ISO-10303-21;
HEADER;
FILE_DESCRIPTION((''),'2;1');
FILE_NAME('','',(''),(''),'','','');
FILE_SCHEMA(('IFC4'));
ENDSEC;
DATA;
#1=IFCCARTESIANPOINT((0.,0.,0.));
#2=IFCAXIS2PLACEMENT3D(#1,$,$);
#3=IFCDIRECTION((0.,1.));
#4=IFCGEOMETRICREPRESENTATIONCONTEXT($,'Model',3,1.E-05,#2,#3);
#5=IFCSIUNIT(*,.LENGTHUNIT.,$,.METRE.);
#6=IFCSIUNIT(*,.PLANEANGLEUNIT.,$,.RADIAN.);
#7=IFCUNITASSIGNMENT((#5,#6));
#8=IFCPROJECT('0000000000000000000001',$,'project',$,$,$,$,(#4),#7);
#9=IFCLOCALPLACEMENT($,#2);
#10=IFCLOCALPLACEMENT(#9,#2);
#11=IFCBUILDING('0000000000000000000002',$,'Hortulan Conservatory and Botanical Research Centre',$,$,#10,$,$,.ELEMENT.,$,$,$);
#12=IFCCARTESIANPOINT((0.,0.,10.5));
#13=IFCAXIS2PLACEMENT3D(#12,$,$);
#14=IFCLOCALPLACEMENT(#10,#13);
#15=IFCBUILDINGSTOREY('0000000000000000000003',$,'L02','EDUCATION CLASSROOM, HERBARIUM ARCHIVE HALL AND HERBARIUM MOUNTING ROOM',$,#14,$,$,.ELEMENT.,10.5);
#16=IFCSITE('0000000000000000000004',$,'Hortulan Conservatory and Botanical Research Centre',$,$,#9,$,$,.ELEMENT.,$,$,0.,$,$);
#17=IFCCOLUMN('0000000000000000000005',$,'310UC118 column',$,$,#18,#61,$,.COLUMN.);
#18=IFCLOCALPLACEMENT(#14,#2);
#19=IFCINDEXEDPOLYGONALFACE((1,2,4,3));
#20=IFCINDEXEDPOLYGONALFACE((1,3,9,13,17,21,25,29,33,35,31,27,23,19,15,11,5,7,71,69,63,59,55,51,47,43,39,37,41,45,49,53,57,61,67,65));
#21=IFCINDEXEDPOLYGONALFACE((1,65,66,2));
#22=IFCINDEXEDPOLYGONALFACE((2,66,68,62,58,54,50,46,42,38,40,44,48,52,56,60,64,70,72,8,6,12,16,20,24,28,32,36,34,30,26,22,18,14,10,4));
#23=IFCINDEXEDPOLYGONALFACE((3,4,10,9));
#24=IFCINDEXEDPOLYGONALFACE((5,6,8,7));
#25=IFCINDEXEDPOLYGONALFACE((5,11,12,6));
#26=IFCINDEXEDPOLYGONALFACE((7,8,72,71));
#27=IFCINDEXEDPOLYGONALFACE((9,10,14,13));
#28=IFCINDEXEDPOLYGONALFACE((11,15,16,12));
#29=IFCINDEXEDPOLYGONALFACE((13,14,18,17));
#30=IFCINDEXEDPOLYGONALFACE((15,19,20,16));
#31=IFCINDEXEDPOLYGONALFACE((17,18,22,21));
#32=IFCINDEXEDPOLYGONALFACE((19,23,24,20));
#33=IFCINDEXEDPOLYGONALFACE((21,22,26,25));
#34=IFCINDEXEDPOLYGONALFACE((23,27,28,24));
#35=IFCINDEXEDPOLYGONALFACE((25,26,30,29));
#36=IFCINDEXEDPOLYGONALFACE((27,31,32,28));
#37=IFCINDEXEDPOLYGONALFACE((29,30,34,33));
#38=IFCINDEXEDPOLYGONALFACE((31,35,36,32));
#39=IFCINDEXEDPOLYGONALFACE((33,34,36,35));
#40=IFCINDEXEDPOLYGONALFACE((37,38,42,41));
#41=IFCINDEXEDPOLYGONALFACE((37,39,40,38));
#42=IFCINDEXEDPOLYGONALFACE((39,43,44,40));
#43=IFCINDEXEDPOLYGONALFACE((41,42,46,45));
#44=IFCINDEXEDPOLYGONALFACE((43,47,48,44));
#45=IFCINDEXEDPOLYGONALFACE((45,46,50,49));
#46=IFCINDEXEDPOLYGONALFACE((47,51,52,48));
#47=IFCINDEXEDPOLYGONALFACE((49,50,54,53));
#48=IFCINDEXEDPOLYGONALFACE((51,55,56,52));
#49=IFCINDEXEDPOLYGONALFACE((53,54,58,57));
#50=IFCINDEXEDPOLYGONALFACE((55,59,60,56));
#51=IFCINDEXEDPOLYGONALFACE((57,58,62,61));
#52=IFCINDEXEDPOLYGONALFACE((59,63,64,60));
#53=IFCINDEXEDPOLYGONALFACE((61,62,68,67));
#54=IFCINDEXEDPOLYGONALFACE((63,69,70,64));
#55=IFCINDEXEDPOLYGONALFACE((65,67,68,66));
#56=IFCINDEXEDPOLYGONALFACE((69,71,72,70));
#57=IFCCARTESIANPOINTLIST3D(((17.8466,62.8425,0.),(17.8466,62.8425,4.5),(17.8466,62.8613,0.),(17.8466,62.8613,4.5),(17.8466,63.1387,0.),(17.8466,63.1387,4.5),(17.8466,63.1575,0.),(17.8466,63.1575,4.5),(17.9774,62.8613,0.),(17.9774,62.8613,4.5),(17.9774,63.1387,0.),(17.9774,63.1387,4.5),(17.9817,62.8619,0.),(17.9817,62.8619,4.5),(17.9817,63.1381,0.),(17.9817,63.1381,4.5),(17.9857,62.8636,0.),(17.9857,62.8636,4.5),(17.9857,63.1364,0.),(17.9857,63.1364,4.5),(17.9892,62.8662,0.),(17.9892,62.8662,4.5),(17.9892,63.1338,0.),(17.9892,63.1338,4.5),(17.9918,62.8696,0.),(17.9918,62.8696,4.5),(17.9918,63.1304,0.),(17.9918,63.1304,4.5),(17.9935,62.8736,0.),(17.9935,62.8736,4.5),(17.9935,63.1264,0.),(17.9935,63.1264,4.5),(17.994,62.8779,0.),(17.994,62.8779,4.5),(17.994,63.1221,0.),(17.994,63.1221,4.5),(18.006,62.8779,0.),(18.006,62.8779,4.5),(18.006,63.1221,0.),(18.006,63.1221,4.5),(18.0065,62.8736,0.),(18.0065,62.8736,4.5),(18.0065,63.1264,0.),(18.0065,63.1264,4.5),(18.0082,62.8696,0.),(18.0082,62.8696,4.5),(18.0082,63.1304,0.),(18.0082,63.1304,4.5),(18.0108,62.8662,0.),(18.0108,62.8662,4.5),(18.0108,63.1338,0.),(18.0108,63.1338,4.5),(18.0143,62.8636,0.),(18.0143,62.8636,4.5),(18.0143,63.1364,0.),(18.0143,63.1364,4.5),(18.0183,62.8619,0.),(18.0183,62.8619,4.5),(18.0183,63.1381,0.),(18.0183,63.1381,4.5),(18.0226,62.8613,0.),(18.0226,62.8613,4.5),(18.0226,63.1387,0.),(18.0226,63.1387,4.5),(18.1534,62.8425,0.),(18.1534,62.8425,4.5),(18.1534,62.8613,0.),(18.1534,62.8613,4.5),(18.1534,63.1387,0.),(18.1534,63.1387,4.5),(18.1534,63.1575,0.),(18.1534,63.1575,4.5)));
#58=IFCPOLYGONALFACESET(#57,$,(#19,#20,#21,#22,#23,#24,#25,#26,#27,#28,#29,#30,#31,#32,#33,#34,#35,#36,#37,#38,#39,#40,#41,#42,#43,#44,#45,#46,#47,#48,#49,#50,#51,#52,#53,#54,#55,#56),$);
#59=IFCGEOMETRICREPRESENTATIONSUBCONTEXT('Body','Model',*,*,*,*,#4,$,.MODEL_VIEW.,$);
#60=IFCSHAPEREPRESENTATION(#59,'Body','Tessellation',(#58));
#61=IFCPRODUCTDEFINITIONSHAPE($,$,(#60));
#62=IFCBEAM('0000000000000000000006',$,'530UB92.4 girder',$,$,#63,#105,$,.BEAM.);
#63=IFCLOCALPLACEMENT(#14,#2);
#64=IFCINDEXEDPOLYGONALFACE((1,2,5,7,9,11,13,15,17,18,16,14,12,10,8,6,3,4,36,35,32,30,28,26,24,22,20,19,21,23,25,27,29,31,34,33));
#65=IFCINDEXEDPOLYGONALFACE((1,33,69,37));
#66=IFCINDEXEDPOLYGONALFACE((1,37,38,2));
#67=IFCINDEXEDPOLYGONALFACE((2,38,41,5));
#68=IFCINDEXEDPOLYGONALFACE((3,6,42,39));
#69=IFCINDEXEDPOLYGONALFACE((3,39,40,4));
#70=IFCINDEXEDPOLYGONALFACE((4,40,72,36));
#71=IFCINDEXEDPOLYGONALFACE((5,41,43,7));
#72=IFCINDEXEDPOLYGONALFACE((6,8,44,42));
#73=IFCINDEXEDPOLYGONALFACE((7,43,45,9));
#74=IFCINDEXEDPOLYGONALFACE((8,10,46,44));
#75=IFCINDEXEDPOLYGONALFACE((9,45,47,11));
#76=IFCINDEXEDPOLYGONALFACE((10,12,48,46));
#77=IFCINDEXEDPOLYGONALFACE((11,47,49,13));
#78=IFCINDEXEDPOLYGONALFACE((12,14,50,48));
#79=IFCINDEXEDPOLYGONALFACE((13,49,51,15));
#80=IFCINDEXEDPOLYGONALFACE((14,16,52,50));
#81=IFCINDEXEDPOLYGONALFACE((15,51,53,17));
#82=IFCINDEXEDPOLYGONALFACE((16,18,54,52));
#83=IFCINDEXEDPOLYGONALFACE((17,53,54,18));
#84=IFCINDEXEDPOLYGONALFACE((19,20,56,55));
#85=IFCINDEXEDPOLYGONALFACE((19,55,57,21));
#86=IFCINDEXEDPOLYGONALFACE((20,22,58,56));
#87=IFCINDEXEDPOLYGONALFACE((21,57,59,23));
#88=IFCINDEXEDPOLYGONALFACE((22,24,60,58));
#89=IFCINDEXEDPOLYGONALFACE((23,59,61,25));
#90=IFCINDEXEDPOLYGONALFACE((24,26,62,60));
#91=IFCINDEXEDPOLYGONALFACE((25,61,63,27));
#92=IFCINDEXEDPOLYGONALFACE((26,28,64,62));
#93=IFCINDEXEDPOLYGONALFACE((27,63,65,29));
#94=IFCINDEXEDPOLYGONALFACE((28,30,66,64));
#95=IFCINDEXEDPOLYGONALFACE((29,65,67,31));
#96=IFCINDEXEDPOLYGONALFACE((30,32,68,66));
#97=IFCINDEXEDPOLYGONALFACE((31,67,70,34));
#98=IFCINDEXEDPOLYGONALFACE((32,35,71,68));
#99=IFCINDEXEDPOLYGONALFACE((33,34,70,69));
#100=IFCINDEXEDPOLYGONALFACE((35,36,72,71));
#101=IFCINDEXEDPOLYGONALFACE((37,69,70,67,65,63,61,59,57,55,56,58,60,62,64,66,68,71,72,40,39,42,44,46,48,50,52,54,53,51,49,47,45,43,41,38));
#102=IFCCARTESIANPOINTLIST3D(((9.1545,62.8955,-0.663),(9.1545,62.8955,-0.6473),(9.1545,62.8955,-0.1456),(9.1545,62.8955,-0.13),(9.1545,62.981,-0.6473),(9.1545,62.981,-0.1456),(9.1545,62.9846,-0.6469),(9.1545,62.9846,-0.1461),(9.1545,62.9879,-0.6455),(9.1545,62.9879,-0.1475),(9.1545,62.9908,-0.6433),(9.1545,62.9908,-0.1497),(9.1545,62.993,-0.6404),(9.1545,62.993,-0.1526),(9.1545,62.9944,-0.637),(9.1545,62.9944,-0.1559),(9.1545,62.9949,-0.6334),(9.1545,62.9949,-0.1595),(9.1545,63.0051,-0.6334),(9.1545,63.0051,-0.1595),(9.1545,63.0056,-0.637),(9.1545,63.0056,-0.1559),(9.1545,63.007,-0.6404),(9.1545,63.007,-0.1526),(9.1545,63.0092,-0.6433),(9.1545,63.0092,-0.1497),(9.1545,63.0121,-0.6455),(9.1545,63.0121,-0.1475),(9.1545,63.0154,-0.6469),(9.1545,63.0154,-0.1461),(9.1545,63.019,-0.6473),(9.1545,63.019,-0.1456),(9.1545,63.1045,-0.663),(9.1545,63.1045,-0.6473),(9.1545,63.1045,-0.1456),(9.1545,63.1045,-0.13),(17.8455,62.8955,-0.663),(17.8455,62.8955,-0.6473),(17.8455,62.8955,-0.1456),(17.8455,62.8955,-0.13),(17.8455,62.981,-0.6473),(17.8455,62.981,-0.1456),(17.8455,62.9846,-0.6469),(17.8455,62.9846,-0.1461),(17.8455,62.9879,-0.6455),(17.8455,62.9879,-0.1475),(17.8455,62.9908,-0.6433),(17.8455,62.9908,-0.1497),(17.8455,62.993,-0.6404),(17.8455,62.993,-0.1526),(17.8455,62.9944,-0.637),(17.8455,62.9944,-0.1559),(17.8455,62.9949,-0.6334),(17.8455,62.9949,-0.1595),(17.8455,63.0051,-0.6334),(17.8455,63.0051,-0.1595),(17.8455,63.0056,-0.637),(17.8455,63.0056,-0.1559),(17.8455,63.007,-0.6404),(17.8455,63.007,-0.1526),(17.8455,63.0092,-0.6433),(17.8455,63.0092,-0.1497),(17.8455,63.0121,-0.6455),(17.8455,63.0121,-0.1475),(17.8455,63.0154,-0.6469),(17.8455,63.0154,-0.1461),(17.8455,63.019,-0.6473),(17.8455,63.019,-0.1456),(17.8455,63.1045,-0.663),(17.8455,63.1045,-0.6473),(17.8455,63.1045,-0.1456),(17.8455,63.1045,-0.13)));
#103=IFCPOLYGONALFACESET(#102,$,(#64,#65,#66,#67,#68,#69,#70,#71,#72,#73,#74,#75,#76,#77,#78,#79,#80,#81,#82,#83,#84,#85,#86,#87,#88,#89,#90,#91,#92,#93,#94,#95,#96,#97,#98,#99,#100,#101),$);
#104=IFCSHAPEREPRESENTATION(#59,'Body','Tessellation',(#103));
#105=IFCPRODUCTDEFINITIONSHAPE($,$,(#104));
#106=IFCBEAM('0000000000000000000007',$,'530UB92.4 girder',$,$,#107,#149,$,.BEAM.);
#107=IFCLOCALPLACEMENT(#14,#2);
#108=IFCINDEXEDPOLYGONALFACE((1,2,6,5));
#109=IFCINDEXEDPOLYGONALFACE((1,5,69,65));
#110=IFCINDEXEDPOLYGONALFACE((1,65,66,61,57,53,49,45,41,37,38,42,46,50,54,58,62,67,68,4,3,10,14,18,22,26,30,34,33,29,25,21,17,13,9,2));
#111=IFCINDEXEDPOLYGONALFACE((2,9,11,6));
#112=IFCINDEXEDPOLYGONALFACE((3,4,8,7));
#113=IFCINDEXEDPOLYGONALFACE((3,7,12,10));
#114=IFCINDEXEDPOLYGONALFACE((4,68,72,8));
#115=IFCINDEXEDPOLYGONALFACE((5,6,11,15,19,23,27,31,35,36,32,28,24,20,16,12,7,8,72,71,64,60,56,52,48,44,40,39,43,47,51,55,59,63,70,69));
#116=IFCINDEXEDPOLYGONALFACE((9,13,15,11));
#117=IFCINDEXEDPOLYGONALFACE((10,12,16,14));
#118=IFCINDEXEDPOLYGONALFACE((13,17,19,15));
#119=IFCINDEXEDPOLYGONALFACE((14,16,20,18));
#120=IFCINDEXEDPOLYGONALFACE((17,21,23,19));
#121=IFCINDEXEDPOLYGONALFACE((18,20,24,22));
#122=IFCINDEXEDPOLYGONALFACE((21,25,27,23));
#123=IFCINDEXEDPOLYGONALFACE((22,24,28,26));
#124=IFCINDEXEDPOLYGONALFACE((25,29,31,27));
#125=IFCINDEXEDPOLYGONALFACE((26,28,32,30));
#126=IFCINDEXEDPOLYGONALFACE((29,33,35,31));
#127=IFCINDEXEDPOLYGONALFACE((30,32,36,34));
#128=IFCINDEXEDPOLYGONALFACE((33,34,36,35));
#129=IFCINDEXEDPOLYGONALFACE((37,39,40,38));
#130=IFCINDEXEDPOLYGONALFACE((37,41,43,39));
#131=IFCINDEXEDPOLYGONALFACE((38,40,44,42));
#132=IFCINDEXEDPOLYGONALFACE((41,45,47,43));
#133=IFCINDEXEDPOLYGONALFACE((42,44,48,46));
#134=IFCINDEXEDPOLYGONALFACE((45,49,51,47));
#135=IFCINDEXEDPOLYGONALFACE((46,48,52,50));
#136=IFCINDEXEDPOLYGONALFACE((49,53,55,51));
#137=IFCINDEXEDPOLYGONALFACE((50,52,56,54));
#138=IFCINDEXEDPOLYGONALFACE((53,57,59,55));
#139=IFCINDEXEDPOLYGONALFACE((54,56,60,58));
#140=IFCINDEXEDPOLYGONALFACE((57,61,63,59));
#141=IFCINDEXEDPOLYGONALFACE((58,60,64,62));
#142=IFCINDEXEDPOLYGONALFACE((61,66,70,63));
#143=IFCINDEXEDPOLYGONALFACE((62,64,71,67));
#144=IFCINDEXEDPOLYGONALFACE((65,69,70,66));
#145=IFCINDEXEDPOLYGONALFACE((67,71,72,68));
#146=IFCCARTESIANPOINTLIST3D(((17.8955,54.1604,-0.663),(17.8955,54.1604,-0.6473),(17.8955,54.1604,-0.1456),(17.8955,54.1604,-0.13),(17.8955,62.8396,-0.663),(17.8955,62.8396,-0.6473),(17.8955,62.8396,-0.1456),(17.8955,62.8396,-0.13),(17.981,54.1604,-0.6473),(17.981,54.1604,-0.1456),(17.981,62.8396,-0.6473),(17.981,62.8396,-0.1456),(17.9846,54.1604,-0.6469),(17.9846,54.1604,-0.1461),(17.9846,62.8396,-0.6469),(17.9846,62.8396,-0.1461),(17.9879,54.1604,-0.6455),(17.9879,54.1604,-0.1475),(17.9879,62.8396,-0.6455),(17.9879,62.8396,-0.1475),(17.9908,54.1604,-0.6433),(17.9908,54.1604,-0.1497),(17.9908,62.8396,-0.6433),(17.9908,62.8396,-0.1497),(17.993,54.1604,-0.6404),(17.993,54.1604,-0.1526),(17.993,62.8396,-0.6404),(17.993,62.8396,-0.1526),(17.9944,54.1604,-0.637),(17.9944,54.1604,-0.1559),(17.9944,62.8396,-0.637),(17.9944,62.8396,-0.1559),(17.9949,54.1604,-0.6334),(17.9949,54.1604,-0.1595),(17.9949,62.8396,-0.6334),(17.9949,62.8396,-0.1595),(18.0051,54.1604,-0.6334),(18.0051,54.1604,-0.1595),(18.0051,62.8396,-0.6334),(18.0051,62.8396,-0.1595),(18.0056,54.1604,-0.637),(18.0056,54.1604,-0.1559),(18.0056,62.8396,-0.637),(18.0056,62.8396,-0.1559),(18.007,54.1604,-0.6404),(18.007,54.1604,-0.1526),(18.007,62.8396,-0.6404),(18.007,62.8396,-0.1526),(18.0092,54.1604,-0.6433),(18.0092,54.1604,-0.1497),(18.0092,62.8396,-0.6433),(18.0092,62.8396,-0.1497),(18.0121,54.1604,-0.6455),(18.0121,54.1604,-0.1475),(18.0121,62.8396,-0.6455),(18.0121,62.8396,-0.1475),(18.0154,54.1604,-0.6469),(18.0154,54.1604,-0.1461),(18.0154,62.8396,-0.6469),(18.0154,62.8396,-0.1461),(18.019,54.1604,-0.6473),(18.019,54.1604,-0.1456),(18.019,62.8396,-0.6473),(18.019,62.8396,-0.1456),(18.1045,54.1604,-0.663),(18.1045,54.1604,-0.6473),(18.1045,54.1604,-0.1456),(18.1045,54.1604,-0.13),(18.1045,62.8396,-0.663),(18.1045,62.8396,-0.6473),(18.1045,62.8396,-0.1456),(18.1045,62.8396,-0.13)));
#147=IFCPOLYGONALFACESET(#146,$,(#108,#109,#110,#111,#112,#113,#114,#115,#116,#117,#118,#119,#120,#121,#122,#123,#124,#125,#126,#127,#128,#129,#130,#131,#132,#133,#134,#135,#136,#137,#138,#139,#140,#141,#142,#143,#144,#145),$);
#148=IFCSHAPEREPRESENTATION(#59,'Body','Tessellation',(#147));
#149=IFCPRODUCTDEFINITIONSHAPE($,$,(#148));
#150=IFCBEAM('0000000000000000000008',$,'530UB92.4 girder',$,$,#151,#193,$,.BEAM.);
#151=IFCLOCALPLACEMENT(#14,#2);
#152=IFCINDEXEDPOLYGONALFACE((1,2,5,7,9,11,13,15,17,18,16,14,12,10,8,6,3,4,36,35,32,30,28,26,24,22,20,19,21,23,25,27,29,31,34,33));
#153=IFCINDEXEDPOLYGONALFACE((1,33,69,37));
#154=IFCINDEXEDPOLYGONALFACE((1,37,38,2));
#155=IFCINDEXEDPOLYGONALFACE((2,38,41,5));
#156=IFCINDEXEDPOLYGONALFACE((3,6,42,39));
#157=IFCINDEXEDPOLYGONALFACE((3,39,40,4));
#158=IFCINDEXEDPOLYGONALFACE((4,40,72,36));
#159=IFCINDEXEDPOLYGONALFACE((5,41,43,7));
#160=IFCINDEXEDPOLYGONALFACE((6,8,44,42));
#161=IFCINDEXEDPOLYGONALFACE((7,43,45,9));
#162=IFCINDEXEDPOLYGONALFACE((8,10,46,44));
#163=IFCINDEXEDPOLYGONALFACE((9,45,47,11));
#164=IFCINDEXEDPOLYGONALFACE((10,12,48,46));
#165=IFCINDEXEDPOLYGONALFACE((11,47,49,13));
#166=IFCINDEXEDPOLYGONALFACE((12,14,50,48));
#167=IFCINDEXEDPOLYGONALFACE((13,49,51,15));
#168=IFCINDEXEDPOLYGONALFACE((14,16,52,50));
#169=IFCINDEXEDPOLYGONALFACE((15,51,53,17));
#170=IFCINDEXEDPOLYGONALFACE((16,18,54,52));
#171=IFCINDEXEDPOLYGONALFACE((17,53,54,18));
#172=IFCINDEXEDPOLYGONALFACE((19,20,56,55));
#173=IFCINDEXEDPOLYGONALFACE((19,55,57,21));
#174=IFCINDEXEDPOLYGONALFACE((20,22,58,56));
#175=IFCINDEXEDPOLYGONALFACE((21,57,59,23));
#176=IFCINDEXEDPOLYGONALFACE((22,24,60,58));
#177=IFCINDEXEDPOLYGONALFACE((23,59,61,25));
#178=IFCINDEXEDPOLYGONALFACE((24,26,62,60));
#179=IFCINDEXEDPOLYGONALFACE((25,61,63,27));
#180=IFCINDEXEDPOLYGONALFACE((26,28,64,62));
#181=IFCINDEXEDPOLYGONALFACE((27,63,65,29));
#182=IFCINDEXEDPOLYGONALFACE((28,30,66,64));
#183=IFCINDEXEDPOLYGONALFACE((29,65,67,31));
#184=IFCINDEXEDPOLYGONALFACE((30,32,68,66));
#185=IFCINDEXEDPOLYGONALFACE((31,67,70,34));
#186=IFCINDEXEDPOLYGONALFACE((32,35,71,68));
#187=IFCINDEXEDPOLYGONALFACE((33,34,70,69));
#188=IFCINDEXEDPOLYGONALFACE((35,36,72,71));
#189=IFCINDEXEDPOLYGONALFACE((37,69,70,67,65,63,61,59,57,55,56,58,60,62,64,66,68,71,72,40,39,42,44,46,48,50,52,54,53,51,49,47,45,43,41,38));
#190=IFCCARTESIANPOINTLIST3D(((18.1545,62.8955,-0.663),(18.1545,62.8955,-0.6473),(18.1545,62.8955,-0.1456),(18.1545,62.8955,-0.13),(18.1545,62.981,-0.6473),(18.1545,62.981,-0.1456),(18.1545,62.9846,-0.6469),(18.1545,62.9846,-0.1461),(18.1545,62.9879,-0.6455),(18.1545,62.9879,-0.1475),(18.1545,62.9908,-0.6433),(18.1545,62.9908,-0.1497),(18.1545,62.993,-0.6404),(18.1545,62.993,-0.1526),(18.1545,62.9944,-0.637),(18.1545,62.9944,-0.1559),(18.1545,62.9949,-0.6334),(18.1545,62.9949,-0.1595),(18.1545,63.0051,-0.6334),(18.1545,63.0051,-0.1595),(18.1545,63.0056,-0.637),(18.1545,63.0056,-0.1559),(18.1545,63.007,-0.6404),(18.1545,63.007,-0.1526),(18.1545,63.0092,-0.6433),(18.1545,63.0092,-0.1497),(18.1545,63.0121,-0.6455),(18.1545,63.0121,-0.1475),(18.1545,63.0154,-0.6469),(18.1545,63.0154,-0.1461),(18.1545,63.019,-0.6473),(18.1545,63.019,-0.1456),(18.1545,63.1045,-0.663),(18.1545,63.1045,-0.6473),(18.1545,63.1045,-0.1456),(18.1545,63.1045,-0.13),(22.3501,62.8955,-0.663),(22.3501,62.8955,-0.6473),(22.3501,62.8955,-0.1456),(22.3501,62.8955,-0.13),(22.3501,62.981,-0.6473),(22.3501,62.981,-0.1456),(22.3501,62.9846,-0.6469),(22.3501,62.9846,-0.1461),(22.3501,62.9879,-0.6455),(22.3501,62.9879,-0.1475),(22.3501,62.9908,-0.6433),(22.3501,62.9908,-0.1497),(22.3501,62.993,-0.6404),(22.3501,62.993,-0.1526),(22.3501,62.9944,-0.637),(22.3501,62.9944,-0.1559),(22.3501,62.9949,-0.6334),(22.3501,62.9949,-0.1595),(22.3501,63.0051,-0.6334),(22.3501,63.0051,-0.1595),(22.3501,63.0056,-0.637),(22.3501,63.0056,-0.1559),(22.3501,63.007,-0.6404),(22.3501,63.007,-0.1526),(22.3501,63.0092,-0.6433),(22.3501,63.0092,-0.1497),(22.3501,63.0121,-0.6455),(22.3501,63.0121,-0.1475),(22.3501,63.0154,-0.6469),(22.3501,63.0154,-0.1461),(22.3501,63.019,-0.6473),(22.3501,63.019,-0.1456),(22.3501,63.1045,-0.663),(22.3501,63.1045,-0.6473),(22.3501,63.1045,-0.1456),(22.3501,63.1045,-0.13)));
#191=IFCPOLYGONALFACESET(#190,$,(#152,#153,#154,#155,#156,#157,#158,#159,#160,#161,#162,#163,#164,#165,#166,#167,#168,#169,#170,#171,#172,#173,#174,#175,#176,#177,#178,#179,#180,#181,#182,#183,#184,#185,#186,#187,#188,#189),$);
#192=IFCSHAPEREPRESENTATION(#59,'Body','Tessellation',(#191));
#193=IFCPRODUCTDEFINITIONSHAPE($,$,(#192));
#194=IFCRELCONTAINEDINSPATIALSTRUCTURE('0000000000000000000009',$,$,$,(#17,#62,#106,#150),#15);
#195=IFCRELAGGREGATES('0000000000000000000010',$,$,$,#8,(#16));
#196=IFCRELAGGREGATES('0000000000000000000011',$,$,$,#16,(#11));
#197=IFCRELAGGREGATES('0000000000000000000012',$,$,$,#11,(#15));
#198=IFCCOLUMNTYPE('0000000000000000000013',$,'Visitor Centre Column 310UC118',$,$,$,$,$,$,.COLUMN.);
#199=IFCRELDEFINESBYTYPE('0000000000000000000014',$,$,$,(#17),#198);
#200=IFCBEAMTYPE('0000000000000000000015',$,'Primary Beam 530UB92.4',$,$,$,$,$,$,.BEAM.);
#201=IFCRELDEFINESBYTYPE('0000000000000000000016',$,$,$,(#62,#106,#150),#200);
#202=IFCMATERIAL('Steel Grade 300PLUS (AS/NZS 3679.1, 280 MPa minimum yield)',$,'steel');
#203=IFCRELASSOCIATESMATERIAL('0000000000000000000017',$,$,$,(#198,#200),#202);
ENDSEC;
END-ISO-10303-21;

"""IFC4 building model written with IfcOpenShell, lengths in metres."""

from ifc_helpers import new_model, si_unit, direction, frame, origin, origin_2d, place, context, subcontext, project, spatial, i_section, extrude, material, material_profile, profile_set, type_object, element, save


model = new_model("IFC4")

# Units and contexts
model_context = context("Model", 3, precision=1e-05, world=origin(), true_north=direction((0.0, 1.0)))
body_context = subcontext(model_context, "Body", "Model", "MODEL_VIEW")
ifc_project = project(units=[si_unit("LENGTHUNIT", "METRE"), si_unit("PLANEANGLEUNIT", "RADIAN")], contexts=[model_context])

# Site, building, storey
site_placement = place(None, origin())
site = spatial("IfcSite", under=ifc_project, at=site_placement, Name="Hortulan Conservatory and Botanical Research Centre", CompositionType="ELEMENT", RefElevation=0.0)
building_placement = place(site_placement, origin())
building = spatial("IfcBuilding", under=site, at=building_placement, Name="Hortulan Conservatory and Botanical Research Centre", CompositionType="ELEMENT")
storey_placement = place(building_placement, frame((0.0, 0.0, 10.5)))
storey = spatial("IfcBuildingStorey", under=building, at=storey_placement, Name="L02", Description="EDUCATION CLASSROOM, HERBARIUM ARCHIVE HALL AND HERBARIUM MOUNTING ROOM", CompositionType="ELEMENT", Elevation=10.5)

# Column
ifc_material_1 = material(Name="Steel Grade 300PLUS (AS/NZS 3679.1, 280 MPa minimum yield)", Category="steel")
ifc_material_profile_1 = material_profile(ifc_material_1, i_section(OverallWidth=0.3069, OverallDepth=0.3149, WebThickness=0.012, FlangeThickness=0.0188, FilletRadius=0.0166, at=origin_2d()), Name="310UC118")
ifc_profile_set_1 = profile_set([ifc_material_profile_1], Name="Steel Grade 300PLUS (AS/NZS 3679.1, 280 MPa minimum yield)")
column_type = type_object("IfcColumnType", Name="Visitor Centre Column 310UC118", PredefinedType="COLUMN", material=ifc_profile_set_1)
column_placement = place(storey_placement, frame((18.0, 63.0, 0.0), z_axis=(0.0, 0.0, 1.0), x_axis=(1.0, 0.0, 0.0)))
element("IfcColumn", 1, at=column_placement, inside=storey, type_object=column_type, Name="310UC118 column", PredefinedType="COLUMN", context=body_context, shape_type="SweptSolid", body=[
    extrude(i_section(OverallWidth=0.3069, OverallDepth=0.3149, WebThickness=0.012, FlangeThickness=0.0188, FilletRadius=0.0166, at=origin_2d()), origin(), (0.0, 0.0, 1.0), 4.5),
])

# Beams
ifc_material_profile_2 = material_profile(ifc_material_1, i_section(OverallWidth=0.209, OverallDepth=0.533, WebThickness=0.0103, FlangeThickness=0.0156, FilletRadius=0.0139, at=origin_2d()), Name="530UB92.4")
ifc_profile_set_2 = profile_set([ifc_material_profile_2], Name="Steel Grade 300PLUS (AS/NZS 3679.1, 280 MPa minimum yield)")
beam_type_1 = type_object("IfcBeamType", Name="Primary Beam 530UB92.4", PredefinedType="BEAM", material=ifc_profile_set_2)
beam_1_placement = place(storey_placement, frame((9.1545, 63.0, -0.3965), z_axis=(1.0, 0.0, 0.0), x_axis=(0.0, 1.0, 0.0)))
element("IfcBeam", 2, at=beam_1_placement, inside=storey, type_object=beam_type_1, Name="530UB92.4 girder", PredefinedType="BEAM", context=body_context, shape_type="SweptSolid", body=[
    extrude(i_section(OverallWidth=0.209, OverallDepth=0.533, WebThickness=0.0103, FlangeThickness=0.0156, FilletRadius=0.0139, at=origin_2d()), origin(), (0.0, 0.0, 1.0), 8.6909),
])
beam_2_placement = place(storey_placement, frame((18.0, 54.1604, -0.3965), z_axis=(0.0, 1.0, 0.0), x_axis=(-1.0, 0.0, 0.0)))
element("IfcBeam", 3, at=beam_2_placement, inside=storey, type_object=beam_type_1, Name="530UB92.4 girder", PredefinedType="BEAM", context=body_context, shape_type="SweptSolid", body=[
    extrude(i_section(OverallWidth=0.209, OverallDepth=0.533, WebThickness=0.0103, FlangeThickness=0.0156, FilletRadius=0.0139, at=origin_2d()), origin(), (0.0, 0.0, 1.0), 8.6792),
])
beam_3_placement = place(storey_placement, frame((18.1545, 63.0, -0.3965), z_axis=(1.0, 0.0, 0.0), x_axis=(0.0, 1.0, 0.0)))
element("IfcBeam", 4, at=beam_3_placement, inside=storey, type_object=beam_type_1, Name="530UB92.4 girder", PredefinedType="BEAM", context=body_context, shape_type="SweptSolid", body=[
    extrude(i_section(OverallWidth=0.209, OverallDepth=0.533, WebThickness=0.0103, FlangeThickness=0.0156, FilletRadius=0.0139, at=origin_2d()), origin(), (0.0, 0.0, 1.0), 4.1956),
])

save(model, "model.ifc")
